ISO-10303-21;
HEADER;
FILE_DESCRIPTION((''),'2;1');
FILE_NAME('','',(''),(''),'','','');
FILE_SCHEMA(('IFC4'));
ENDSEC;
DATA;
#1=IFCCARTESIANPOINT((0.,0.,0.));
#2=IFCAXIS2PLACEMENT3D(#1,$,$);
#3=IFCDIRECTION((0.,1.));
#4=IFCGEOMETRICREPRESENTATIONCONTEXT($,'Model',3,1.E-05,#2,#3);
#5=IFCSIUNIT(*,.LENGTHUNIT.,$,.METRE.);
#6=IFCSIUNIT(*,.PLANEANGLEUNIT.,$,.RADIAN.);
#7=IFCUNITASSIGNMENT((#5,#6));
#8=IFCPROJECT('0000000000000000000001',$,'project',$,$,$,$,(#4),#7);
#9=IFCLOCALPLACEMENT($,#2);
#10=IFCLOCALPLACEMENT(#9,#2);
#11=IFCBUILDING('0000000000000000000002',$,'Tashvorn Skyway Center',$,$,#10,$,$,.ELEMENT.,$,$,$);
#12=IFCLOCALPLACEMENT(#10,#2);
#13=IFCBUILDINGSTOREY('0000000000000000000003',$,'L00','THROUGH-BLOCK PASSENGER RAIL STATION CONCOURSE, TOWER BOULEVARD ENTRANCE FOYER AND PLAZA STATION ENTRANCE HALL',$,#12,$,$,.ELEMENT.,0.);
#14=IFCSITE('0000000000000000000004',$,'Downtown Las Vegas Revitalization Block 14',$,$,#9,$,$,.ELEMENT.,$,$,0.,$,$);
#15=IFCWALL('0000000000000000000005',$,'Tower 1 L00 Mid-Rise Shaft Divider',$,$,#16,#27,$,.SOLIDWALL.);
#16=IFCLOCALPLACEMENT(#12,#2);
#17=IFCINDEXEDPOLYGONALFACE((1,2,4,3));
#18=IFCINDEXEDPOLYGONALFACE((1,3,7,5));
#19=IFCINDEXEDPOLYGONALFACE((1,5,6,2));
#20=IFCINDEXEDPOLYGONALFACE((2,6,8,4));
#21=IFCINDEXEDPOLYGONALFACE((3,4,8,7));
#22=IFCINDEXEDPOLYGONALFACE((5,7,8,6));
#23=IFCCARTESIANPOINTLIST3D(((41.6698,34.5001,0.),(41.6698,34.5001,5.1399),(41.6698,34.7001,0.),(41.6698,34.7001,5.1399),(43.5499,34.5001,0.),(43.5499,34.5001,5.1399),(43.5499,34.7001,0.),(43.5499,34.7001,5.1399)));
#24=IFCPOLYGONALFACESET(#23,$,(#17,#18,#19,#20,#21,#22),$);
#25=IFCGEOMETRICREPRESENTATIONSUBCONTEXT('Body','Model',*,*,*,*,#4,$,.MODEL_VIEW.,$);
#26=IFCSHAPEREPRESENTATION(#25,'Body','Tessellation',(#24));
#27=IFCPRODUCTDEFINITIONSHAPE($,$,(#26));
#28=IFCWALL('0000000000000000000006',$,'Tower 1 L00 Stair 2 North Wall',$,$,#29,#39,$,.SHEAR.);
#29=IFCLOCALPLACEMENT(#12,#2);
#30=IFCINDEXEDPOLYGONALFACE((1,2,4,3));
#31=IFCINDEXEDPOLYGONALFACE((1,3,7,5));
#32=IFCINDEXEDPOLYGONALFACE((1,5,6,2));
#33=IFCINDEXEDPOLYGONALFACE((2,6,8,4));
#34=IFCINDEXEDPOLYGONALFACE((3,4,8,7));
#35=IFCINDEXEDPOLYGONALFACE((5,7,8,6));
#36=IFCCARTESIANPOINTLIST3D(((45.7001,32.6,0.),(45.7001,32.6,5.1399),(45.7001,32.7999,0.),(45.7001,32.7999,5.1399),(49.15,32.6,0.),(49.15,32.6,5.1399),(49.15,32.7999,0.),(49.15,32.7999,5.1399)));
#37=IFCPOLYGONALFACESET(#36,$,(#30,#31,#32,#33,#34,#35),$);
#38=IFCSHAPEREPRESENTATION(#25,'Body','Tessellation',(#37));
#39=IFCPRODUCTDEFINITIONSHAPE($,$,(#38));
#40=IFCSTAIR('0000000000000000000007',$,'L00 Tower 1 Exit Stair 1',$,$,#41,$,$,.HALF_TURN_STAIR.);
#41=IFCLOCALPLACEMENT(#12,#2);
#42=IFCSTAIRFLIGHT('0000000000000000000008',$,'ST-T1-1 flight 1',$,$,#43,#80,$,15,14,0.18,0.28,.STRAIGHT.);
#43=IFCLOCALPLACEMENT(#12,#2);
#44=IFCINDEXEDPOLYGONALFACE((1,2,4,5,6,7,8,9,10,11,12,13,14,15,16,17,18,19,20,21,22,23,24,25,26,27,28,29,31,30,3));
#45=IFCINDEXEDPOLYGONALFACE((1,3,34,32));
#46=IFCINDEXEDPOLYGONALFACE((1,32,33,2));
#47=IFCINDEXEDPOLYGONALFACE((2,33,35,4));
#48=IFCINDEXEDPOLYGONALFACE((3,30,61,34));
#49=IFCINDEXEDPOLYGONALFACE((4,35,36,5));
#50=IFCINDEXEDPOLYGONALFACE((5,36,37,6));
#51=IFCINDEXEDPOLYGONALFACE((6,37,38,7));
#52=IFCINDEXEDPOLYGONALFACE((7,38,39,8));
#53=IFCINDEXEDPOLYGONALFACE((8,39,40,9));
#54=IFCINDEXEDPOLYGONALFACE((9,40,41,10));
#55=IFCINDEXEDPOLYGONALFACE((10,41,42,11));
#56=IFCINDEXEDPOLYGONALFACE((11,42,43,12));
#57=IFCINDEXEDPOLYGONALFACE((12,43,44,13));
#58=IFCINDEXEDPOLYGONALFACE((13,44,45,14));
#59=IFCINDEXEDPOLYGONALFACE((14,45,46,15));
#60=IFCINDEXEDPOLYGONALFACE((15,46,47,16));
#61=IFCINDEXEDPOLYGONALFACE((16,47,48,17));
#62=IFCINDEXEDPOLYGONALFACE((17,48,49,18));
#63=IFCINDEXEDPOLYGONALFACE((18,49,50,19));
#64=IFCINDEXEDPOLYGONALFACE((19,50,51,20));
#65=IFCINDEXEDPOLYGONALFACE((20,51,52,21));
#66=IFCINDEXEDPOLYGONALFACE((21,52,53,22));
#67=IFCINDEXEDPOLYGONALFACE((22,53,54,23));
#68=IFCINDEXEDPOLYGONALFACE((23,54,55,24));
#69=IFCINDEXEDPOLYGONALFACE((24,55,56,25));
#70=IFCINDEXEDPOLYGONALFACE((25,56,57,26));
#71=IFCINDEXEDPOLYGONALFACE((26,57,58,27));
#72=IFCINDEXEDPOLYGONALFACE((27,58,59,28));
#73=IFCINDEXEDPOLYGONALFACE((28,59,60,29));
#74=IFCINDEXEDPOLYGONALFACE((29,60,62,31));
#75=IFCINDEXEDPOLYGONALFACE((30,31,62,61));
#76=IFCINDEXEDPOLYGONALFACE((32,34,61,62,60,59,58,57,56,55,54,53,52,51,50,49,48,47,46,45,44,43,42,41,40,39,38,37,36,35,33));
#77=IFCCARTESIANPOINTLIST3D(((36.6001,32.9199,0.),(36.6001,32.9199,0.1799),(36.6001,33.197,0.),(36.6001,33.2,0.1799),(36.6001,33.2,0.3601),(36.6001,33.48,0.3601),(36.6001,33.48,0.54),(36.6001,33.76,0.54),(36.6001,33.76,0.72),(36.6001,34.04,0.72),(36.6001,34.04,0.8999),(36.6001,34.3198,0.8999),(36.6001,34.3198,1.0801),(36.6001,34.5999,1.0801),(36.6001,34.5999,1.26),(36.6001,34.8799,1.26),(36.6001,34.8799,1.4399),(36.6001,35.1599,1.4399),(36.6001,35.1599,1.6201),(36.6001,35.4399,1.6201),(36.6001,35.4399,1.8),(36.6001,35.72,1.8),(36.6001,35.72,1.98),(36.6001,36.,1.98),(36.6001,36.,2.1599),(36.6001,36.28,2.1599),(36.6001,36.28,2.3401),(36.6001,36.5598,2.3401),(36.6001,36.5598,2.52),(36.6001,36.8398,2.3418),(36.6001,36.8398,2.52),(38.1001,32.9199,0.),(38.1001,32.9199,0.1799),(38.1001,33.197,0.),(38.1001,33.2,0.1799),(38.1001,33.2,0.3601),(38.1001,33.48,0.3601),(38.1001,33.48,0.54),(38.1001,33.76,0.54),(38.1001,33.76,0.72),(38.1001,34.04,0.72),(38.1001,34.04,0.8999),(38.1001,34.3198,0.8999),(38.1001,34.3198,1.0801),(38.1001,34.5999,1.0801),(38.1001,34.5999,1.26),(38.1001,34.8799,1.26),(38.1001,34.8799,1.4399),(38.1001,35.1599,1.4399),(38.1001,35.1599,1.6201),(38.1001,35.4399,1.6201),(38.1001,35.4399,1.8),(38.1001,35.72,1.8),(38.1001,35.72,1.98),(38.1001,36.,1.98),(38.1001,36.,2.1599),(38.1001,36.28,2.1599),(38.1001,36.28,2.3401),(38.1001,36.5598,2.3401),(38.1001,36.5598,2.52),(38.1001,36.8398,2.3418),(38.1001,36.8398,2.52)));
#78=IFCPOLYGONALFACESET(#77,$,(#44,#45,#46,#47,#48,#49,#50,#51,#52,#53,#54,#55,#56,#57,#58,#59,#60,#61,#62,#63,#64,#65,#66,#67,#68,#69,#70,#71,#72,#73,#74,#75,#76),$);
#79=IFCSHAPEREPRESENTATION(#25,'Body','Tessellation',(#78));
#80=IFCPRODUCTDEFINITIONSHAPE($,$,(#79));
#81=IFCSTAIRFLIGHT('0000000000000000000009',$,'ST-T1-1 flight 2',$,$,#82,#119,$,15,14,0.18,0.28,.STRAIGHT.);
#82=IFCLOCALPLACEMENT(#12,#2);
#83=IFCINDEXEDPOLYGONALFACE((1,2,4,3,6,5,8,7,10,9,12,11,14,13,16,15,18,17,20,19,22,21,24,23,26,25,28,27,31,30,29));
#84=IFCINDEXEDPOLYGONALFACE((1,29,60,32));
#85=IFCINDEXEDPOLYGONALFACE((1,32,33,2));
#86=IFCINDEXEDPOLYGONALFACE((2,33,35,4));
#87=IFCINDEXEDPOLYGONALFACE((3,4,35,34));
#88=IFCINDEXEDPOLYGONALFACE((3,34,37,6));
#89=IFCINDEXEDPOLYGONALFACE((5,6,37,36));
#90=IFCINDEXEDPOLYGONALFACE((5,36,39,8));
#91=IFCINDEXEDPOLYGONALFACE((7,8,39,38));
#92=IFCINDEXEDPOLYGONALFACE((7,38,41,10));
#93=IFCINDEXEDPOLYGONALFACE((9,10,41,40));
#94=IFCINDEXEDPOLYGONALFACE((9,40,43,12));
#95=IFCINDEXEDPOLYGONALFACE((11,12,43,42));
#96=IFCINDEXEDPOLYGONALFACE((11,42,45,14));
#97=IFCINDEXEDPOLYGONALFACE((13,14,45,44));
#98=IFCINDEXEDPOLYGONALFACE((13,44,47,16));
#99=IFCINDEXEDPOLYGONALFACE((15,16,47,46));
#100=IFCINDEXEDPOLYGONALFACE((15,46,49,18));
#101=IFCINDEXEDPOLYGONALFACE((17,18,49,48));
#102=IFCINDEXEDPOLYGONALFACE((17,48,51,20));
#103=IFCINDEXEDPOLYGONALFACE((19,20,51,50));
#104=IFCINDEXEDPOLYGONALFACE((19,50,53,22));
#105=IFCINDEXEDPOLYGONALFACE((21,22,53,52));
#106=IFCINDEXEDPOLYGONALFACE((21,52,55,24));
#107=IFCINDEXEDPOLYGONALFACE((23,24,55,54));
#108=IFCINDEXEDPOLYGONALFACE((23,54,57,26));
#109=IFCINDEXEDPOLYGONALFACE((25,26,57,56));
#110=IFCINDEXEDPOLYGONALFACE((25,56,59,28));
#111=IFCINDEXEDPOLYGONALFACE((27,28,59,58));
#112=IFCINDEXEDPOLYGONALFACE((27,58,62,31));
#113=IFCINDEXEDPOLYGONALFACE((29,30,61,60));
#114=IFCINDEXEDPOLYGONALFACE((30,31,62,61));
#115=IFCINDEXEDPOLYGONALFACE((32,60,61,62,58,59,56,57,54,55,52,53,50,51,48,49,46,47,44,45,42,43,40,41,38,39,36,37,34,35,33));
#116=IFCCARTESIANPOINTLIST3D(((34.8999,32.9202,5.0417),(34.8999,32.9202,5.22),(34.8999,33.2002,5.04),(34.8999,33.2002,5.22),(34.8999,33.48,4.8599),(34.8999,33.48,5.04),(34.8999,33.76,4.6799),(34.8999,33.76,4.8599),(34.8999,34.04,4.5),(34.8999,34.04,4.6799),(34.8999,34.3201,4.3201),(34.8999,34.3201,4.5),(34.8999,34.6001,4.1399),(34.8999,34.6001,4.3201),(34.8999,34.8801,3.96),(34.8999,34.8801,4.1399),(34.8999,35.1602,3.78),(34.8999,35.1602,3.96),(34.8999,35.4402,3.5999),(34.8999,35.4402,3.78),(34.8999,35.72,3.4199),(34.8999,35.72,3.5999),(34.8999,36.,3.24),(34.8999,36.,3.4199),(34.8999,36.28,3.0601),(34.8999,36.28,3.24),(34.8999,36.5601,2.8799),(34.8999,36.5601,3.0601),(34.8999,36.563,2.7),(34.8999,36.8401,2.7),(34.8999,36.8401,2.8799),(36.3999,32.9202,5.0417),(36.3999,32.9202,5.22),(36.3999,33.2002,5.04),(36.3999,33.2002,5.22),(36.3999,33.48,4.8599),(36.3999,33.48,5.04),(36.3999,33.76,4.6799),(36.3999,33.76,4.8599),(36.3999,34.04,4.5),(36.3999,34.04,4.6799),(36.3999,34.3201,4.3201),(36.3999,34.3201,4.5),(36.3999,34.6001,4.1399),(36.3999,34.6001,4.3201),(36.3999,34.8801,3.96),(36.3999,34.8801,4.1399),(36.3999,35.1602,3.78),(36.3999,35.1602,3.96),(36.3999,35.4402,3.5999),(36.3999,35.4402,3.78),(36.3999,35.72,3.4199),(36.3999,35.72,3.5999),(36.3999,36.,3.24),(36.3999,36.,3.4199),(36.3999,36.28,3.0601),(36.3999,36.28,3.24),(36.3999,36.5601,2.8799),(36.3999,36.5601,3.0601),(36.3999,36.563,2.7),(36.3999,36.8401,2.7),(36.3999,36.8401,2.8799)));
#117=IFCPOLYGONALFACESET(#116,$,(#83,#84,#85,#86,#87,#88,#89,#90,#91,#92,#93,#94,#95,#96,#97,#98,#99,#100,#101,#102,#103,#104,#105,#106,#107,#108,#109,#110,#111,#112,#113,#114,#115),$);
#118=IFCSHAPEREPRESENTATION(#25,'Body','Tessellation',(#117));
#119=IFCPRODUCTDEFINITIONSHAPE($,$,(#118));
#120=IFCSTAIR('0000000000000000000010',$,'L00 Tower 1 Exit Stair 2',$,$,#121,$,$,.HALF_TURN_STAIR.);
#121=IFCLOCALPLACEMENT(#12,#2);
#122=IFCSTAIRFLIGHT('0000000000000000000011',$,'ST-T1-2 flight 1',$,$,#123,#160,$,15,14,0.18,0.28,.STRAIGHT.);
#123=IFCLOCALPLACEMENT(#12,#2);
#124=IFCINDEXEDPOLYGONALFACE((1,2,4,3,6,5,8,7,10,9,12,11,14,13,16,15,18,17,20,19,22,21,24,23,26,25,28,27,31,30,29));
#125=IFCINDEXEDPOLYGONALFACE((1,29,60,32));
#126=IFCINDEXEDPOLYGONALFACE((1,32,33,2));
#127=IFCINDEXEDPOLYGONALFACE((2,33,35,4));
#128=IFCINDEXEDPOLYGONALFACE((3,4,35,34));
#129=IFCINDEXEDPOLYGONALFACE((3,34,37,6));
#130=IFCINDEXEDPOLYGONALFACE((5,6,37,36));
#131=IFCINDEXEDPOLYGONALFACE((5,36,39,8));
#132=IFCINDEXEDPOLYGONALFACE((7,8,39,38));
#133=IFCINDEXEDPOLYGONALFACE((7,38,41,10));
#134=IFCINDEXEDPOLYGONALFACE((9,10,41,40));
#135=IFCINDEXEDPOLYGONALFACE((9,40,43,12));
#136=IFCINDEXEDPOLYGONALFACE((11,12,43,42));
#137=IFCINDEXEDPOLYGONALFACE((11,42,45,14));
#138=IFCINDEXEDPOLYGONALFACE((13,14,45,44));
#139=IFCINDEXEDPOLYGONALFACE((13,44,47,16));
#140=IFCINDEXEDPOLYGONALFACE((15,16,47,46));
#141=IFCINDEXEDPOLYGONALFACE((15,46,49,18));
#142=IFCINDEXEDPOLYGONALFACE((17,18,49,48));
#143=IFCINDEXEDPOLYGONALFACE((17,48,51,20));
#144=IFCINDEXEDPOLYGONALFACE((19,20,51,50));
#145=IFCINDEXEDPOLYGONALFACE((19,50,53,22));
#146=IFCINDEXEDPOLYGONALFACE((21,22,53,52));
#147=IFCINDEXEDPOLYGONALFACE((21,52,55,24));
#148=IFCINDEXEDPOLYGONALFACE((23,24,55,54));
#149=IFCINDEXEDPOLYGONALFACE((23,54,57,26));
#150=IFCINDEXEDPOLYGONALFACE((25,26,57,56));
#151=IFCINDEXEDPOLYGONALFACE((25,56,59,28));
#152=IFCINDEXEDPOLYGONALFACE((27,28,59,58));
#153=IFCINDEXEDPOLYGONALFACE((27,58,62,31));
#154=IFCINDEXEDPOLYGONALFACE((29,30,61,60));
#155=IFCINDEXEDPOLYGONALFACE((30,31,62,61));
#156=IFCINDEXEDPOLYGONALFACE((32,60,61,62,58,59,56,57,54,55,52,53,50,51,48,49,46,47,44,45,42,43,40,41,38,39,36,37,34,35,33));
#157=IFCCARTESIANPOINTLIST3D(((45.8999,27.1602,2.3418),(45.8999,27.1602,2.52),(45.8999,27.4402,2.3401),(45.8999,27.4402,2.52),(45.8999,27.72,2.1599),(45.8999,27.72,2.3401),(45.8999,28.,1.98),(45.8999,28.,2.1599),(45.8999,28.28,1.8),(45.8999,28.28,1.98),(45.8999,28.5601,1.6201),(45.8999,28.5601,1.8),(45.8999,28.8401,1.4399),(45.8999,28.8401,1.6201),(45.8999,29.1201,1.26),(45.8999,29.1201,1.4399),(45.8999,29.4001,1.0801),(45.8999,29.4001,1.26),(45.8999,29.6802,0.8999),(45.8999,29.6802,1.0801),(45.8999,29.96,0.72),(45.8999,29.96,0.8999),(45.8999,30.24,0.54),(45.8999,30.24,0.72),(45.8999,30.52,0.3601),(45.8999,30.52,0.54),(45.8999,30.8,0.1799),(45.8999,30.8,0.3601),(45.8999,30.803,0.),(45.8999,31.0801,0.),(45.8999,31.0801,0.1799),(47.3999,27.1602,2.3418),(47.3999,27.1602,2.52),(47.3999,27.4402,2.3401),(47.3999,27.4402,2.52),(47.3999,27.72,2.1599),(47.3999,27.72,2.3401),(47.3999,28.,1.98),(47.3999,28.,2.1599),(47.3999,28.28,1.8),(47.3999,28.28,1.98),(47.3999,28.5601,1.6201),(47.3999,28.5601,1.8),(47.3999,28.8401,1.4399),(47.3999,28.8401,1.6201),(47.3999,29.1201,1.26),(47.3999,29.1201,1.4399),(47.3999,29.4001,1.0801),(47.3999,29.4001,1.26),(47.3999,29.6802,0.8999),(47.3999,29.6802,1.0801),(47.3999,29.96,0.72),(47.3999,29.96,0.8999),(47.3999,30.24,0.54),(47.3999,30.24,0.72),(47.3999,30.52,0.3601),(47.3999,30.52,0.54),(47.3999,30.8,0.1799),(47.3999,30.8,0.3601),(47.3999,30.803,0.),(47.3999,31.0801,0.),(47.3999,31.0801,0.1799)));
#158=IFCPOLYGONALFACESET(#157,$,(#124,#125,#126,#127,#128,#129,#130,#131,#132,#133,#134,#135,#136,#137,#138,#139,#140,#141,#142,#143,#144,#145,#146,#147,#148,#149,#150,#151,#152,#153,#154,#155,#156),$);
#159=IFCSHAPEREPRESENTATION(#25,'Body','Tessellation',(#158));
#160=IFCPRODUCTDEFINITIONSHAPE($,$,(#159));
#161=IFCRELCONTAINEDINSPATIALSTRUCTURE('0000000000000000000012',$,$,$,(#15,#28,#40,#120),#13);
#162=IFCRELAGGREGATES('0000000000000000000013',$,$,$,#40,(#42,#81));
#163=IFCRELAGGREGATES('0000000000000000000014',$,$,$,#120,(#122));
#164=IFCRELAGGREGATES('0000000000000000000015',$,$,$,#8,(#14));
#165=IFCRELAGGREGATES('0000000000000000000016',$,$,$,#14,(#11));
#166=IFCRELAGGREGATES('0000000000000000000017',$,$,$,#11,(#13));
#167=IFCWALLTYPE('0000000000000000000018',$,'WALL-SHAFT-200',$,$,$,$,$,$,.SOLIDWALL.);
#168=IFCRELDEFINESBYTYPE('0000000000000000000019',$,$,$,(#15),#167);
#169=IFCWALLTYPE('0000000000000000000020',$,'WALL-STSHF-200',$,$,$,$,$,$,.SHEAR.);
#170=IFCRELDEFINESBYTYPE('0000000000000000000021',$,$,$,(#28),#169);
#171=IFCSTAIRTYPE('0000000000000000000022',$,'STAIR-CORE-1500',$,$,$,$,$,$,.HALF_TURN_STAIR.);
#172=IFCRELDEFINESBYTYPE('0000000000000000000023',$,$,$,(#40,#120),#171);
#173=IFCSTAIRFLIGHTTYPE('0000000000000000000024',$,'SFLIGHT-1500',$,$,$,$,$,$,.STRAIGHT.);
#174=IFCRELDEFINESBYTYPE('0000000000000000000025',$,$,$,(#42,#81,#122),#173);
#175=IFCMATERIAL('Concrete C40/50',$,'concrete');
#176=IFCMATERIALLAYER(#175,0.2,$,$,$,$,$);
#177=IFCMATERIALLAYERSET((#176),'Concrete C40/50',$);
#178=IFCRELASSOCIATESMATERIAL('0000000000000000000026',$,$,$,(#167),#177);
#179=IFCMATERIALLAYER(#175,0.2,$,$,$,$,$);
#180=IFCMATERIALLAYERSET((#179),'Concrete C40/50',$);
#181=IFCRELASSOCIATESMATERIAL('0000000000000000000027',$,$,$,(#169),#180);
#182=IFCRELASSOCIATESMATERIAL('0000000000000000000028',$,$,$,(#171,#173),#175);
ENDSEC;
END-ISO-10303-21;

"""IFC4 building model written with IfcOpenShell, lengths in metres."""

from ifc_helpers import new_model, si_unit, direction, frame, frame_2d, origin, place, context, subcontext, project, spatial, polyline, rectangle, outline, extrude, material, layer, layer_set, type_object, element, aggregate, save


model = new_model("IFC4")

# Units and contexts
model_context = context("Model", 3, precision=1e-05, world=origin(), true_north=direction((0.0, 1.0)))
body_context = subcontext(model_context, "Body", "Model", "MODEL_VIEW")
ifc_project = project(units=[si_unit("LENGTHUNIT", "METRE"), si_unit("PLANEANGLEUNIT", "RADIAN")], contexts=[model_context])

# Site, building, storey
site_placement = place(None, origin())
site = spatial("IfcSite", under=ifc_project, at=site_placement, Name="Downtown Las Vegas Revitalization Block 14", CompositionType="ELEMENT", RefElevation=0.0)
building_placement = place(site_placement, origin())
building = spatial("IfcBuilding", under=site, at=building_placement, Name="Tashvorn Skyway Center", CompositionType="ELEMENT")
storey_placement = place(building_placement, origin())
storey = spatial("IfcBuildingStorey", under=building, at=storey_placement, Name="L00", Description="THROUGH-BLOCK PASSENGER RAIL STATION CONCOURSE, TOWER BOULEVARD ENTRANCE FOYER AND PLAZA STATION ENTRANCE HALL", CompositionType="ELEMENT", Elevation=0.0)

# Shared definitions
ifc_material_1 = material(Name="Concrete C40/50", Category="concrete")
ifc_layer_1 = layer(ifc_material_1, 0.2)
ifc_layer_set_1 = layer_set([ifc_layer_1], Name="Concrete C40/50")
wall_type_1 = type_object("IfcWallType", Name="WALL-SHAFT-200", PredefinedType="SOLIDWALL", material=ifc_layer_set_1)

# Walls
for number, where, z_axis, x_axis, name in (
    (1, (41.6699, 34.6001, 0.0), (0.0, 0.0, 1.0), (1.0, 0.0, 0.0), "Tower 1 L00 Mid-Rise Shaft Divider"),
):
    element("IfcWall", number, at=place(storey_placement, frame(where, z_axis=z_axis, x_axis=x_axis)), inside=storey, type_object=wall_type_1, Name=name, PredefinedType="SOLIDWALL", context=body_context, shape_type="SweptSolid", body=[
        extrude(rectangle(XDim=1.8801, YDim=0.2, at=frame_2d((0.9399, 0.0))), origin(), (0.0, 0.0, 1.0), 5.1399),
    ])
ifc_layer_2 = layer(ifc_material_1, 0.2)
ifc_layer_set_2 = layer_set([ifc_layer_2], Name="Concrete C40/50")
wall_type_2 = type_object("IfcWallType", Name="WALL-STSHF-200", PredefinedType="SHEAR", material=ifc_layer_set_2)
wall_1_placement = place(storey_placement, frame((45.7, 32.7, 0.0), z_axis=(0.0, 0.0, 1.0), x_axis=(1.0, 0.0, 0.0)))
element("IfcWall", 2, at=wall_1_placement, inside=storey, type_object=wall_type_2, Name="Tower 1 L00 Stair 2 North Wall", PredefinedType="SHEAR", context=body_context, shape_type="SweptSolid", body=[
    extrude(rectangle(XDim=3.45, YDim=0.2, at=frame_2d((1.7251, 0.0))), origin(), (0.0, 0.0, 1.0), 5.1399),
])

# Stair, stair flights
stair_type = type_object("IfcStairType", Name="STAIR-CORE-1500", PredefinedType="HALF_TURN_STAIR", material=ifc_material_1)
stair_1_placement = place(storey_placement, origin())
stair_1 = element("IfcStair", 3, at=stair_1_placement, inside=storey, type_object=stair_type, Name="L00 Tower 1 Exit Stair 1", PredefinedType="HALF_TURN_STAIR")
stair_flight_type = type_object("IfcStairFlightType", Name="SFLIGHT-1500", PredefinedType="STRAIGHT", material=ifc_material_1)
stair_flight_1_placement = place(storey_placement, frame((37.3501, 32.9199, 0.0), z_axis=(0.0, 0.0, 1.0), x_axis=(0.0, 1.0, 0.0)))
stair_flight_1 = element("IfcStairFlight", 4, at=stair_flight_1_placement, type_object=stair_flight_type, Name="ST-T1-1 flight 1", NumberOfRisers=15, NumberOfTreads=14, PredefinedType="STRAIGHT", RiserHeight=0.18, TreadLength=0.28, context=body_context, shape_type="SweptSolid", body=[
    extrude(outline(polyline([(0.0, 0.0), (0.0, 0.1799), (0.28, 0.1799), (0.28, 0.3601), (0.5601, 0.3601), (0.5601, 0.54), (0.8401, 0.54), (0.8401, 0.72), (1.1201, 0.72), (1.1201, 0.8999), (1.3999, 0.8999), (1.3999, 1.0801), (1.6799, 1.0801), (1.6799, 1.26), (1.96, 1.26), (1.96, 1.4399), (2.24, 1.4399), (2.24, 1.6201), (2.52, 1.6201), (2.52, 1.8), (2.8, 1.8), (2.8, 1.98), (3.0801, 1.98), (3.0801, 2.1599), (3.3601, 2.1599), (3.3601, 2.3401), (3.6399, 2.3401), (3.6399, 2.52), (3.9199, 2.52), (3.9199, 2.7), (3.9199, 2.3418), (0.2771, 0.0), (0.0, 0.0)])), frame((0.0, 0.75, 0.0), z_axis=(0.0, -1.0, 0.0), x_axis=(1.0, 0.0, 0.0)), (0.0, 0.0, 1.0), 1.5),
])
stair_flight_2_placement = place(storey_placement, frame((35.6499, 36.8401, 2.7), z_axis=(0.0, 0.0, 1.0), x_axis=(0.0, -1.0, 0.0)))
stair_flight_2 = element("IfcStairFlight", 5, at=stair_flight_2_placement, type_object=stair_flight_type, Name="ST-T1-1 flight 2", NumberOfRisers=15, NumberOfTreads=14, PredefinedType="STRAIGHT", RiserHeight=0.18, TreadLength=0.28, context=body_context, shape_type="SweptSolid", body=[
    extrude(outline(polyline([(0.0, 0.0), (0.0, 0.1799), (0.28, 0.1799), (0.28, 0.3601), (0.5601, 0.3601), (0.5601, 0.54), (0.8401, 0.54), (0.8401, 0.72), (1.1201, 0.72), (1.1201, 0.8999), (1.3999, 0.8999), (1.3999, 1.0801), (1.6799, 1.0801), (1.6799, 1.26), (1.96, 1.26), (1.96, 1.4399), (2.24, 1.4399), (2.24, 1.6201), (2.52, 1.6201), (2.52, 1.8), (2.8, 1.8), (2.8, 1.98), (3.0801, 1.98), (3.0801, 2.1599), (3.3601, 2.1599), (3.3601, 2.3401), (3.6399, 2.3401), (3.6399, 2.52), (3.9199, 2.52), (3.9199, 2.7), (3.9199, 2.3418), (0.2771, 0.0), (0.0, 0.0)])), frame((0.0, 0.75, 0.0), z_axis=(0.0, -1.0, 0.0), x_axis=(1.0, 0.0, 0.0)), (0.0, 0.0, 1.0), 1.5),
])
aggregate(stair_1, [stair_flight_1, stair_flight_2])

# Stair, stair flight
stair_2_placement = place(storey_placement, origin())
stair_2 = element("IfcStair", 6, at=stair_2_placement, inside=storey, type_object=stair_type, Name="L00 Tower 1 Exit Stair 2", PredefinedType="HALF_TURN_STAIR")
stair_flight_3_placement = place(storey_placement, frame((46.6499, 31.0801, 0.0), z_axis=(0.0, 0.0, 1.0), x_axis=(0.0, -1.0, 0.0)))
stair_flight_3 = element("IfcStairFlight", 7, at=stair_flight_3_placement, type_object=stair_flight_type, Name="ST-T1-2 flight 1", NumberOfRisers=15, NumberOfTreads=14, PredefinedType="STRAIGHT", RiserHeight=0.18, TreadLength=0.28, context=body_context, shape_type="SweptSolid", body=[
    extrude(outline(polyline([(0.0, 0.0), (0.0, 0.1799), (0.28, 0.1799), (0.28, 0.3601), (0.5601, 0.3601), (0.5601, 0.54), (0.8401, 0.54), (0.8401, 0.72), (1.1201, 0.72), (1.1201, 0.8999), (1.3999, 0.8999), (1.3999, 1.0801), (1.6799, 1.0801), (1.6799, 1.26), (1.96, 1.26), (1.96, 1.4399), (2.24, 1.4399), (2.24, 1.6201), (2.52, 1.6201), (2.52, 1.8), (2.8, 1.8), (2.8, 1.98), (3.0801, 1.98), (3.0801, 2.1599), (3.3601, 2.1599), (3.3601, 2.3401), (3.6399, 2.3401), (3.6399, 2.52), (3.9199, 2.52), (3.9199, 2.7), (3.9199, 2.3418), (0.2771, 0.0), (0.0, 0.0)])), frame((0.0, 0.75, 0.0), z_axis=(0.0, -1.0, 0.0), x_axis=(1.0, 0.0, 0.0)), (0.0, 0.0, 1.0), 1.5),
])
aggregate(stair_2, [stair_flight_3])

save(model, "model.ifc")
